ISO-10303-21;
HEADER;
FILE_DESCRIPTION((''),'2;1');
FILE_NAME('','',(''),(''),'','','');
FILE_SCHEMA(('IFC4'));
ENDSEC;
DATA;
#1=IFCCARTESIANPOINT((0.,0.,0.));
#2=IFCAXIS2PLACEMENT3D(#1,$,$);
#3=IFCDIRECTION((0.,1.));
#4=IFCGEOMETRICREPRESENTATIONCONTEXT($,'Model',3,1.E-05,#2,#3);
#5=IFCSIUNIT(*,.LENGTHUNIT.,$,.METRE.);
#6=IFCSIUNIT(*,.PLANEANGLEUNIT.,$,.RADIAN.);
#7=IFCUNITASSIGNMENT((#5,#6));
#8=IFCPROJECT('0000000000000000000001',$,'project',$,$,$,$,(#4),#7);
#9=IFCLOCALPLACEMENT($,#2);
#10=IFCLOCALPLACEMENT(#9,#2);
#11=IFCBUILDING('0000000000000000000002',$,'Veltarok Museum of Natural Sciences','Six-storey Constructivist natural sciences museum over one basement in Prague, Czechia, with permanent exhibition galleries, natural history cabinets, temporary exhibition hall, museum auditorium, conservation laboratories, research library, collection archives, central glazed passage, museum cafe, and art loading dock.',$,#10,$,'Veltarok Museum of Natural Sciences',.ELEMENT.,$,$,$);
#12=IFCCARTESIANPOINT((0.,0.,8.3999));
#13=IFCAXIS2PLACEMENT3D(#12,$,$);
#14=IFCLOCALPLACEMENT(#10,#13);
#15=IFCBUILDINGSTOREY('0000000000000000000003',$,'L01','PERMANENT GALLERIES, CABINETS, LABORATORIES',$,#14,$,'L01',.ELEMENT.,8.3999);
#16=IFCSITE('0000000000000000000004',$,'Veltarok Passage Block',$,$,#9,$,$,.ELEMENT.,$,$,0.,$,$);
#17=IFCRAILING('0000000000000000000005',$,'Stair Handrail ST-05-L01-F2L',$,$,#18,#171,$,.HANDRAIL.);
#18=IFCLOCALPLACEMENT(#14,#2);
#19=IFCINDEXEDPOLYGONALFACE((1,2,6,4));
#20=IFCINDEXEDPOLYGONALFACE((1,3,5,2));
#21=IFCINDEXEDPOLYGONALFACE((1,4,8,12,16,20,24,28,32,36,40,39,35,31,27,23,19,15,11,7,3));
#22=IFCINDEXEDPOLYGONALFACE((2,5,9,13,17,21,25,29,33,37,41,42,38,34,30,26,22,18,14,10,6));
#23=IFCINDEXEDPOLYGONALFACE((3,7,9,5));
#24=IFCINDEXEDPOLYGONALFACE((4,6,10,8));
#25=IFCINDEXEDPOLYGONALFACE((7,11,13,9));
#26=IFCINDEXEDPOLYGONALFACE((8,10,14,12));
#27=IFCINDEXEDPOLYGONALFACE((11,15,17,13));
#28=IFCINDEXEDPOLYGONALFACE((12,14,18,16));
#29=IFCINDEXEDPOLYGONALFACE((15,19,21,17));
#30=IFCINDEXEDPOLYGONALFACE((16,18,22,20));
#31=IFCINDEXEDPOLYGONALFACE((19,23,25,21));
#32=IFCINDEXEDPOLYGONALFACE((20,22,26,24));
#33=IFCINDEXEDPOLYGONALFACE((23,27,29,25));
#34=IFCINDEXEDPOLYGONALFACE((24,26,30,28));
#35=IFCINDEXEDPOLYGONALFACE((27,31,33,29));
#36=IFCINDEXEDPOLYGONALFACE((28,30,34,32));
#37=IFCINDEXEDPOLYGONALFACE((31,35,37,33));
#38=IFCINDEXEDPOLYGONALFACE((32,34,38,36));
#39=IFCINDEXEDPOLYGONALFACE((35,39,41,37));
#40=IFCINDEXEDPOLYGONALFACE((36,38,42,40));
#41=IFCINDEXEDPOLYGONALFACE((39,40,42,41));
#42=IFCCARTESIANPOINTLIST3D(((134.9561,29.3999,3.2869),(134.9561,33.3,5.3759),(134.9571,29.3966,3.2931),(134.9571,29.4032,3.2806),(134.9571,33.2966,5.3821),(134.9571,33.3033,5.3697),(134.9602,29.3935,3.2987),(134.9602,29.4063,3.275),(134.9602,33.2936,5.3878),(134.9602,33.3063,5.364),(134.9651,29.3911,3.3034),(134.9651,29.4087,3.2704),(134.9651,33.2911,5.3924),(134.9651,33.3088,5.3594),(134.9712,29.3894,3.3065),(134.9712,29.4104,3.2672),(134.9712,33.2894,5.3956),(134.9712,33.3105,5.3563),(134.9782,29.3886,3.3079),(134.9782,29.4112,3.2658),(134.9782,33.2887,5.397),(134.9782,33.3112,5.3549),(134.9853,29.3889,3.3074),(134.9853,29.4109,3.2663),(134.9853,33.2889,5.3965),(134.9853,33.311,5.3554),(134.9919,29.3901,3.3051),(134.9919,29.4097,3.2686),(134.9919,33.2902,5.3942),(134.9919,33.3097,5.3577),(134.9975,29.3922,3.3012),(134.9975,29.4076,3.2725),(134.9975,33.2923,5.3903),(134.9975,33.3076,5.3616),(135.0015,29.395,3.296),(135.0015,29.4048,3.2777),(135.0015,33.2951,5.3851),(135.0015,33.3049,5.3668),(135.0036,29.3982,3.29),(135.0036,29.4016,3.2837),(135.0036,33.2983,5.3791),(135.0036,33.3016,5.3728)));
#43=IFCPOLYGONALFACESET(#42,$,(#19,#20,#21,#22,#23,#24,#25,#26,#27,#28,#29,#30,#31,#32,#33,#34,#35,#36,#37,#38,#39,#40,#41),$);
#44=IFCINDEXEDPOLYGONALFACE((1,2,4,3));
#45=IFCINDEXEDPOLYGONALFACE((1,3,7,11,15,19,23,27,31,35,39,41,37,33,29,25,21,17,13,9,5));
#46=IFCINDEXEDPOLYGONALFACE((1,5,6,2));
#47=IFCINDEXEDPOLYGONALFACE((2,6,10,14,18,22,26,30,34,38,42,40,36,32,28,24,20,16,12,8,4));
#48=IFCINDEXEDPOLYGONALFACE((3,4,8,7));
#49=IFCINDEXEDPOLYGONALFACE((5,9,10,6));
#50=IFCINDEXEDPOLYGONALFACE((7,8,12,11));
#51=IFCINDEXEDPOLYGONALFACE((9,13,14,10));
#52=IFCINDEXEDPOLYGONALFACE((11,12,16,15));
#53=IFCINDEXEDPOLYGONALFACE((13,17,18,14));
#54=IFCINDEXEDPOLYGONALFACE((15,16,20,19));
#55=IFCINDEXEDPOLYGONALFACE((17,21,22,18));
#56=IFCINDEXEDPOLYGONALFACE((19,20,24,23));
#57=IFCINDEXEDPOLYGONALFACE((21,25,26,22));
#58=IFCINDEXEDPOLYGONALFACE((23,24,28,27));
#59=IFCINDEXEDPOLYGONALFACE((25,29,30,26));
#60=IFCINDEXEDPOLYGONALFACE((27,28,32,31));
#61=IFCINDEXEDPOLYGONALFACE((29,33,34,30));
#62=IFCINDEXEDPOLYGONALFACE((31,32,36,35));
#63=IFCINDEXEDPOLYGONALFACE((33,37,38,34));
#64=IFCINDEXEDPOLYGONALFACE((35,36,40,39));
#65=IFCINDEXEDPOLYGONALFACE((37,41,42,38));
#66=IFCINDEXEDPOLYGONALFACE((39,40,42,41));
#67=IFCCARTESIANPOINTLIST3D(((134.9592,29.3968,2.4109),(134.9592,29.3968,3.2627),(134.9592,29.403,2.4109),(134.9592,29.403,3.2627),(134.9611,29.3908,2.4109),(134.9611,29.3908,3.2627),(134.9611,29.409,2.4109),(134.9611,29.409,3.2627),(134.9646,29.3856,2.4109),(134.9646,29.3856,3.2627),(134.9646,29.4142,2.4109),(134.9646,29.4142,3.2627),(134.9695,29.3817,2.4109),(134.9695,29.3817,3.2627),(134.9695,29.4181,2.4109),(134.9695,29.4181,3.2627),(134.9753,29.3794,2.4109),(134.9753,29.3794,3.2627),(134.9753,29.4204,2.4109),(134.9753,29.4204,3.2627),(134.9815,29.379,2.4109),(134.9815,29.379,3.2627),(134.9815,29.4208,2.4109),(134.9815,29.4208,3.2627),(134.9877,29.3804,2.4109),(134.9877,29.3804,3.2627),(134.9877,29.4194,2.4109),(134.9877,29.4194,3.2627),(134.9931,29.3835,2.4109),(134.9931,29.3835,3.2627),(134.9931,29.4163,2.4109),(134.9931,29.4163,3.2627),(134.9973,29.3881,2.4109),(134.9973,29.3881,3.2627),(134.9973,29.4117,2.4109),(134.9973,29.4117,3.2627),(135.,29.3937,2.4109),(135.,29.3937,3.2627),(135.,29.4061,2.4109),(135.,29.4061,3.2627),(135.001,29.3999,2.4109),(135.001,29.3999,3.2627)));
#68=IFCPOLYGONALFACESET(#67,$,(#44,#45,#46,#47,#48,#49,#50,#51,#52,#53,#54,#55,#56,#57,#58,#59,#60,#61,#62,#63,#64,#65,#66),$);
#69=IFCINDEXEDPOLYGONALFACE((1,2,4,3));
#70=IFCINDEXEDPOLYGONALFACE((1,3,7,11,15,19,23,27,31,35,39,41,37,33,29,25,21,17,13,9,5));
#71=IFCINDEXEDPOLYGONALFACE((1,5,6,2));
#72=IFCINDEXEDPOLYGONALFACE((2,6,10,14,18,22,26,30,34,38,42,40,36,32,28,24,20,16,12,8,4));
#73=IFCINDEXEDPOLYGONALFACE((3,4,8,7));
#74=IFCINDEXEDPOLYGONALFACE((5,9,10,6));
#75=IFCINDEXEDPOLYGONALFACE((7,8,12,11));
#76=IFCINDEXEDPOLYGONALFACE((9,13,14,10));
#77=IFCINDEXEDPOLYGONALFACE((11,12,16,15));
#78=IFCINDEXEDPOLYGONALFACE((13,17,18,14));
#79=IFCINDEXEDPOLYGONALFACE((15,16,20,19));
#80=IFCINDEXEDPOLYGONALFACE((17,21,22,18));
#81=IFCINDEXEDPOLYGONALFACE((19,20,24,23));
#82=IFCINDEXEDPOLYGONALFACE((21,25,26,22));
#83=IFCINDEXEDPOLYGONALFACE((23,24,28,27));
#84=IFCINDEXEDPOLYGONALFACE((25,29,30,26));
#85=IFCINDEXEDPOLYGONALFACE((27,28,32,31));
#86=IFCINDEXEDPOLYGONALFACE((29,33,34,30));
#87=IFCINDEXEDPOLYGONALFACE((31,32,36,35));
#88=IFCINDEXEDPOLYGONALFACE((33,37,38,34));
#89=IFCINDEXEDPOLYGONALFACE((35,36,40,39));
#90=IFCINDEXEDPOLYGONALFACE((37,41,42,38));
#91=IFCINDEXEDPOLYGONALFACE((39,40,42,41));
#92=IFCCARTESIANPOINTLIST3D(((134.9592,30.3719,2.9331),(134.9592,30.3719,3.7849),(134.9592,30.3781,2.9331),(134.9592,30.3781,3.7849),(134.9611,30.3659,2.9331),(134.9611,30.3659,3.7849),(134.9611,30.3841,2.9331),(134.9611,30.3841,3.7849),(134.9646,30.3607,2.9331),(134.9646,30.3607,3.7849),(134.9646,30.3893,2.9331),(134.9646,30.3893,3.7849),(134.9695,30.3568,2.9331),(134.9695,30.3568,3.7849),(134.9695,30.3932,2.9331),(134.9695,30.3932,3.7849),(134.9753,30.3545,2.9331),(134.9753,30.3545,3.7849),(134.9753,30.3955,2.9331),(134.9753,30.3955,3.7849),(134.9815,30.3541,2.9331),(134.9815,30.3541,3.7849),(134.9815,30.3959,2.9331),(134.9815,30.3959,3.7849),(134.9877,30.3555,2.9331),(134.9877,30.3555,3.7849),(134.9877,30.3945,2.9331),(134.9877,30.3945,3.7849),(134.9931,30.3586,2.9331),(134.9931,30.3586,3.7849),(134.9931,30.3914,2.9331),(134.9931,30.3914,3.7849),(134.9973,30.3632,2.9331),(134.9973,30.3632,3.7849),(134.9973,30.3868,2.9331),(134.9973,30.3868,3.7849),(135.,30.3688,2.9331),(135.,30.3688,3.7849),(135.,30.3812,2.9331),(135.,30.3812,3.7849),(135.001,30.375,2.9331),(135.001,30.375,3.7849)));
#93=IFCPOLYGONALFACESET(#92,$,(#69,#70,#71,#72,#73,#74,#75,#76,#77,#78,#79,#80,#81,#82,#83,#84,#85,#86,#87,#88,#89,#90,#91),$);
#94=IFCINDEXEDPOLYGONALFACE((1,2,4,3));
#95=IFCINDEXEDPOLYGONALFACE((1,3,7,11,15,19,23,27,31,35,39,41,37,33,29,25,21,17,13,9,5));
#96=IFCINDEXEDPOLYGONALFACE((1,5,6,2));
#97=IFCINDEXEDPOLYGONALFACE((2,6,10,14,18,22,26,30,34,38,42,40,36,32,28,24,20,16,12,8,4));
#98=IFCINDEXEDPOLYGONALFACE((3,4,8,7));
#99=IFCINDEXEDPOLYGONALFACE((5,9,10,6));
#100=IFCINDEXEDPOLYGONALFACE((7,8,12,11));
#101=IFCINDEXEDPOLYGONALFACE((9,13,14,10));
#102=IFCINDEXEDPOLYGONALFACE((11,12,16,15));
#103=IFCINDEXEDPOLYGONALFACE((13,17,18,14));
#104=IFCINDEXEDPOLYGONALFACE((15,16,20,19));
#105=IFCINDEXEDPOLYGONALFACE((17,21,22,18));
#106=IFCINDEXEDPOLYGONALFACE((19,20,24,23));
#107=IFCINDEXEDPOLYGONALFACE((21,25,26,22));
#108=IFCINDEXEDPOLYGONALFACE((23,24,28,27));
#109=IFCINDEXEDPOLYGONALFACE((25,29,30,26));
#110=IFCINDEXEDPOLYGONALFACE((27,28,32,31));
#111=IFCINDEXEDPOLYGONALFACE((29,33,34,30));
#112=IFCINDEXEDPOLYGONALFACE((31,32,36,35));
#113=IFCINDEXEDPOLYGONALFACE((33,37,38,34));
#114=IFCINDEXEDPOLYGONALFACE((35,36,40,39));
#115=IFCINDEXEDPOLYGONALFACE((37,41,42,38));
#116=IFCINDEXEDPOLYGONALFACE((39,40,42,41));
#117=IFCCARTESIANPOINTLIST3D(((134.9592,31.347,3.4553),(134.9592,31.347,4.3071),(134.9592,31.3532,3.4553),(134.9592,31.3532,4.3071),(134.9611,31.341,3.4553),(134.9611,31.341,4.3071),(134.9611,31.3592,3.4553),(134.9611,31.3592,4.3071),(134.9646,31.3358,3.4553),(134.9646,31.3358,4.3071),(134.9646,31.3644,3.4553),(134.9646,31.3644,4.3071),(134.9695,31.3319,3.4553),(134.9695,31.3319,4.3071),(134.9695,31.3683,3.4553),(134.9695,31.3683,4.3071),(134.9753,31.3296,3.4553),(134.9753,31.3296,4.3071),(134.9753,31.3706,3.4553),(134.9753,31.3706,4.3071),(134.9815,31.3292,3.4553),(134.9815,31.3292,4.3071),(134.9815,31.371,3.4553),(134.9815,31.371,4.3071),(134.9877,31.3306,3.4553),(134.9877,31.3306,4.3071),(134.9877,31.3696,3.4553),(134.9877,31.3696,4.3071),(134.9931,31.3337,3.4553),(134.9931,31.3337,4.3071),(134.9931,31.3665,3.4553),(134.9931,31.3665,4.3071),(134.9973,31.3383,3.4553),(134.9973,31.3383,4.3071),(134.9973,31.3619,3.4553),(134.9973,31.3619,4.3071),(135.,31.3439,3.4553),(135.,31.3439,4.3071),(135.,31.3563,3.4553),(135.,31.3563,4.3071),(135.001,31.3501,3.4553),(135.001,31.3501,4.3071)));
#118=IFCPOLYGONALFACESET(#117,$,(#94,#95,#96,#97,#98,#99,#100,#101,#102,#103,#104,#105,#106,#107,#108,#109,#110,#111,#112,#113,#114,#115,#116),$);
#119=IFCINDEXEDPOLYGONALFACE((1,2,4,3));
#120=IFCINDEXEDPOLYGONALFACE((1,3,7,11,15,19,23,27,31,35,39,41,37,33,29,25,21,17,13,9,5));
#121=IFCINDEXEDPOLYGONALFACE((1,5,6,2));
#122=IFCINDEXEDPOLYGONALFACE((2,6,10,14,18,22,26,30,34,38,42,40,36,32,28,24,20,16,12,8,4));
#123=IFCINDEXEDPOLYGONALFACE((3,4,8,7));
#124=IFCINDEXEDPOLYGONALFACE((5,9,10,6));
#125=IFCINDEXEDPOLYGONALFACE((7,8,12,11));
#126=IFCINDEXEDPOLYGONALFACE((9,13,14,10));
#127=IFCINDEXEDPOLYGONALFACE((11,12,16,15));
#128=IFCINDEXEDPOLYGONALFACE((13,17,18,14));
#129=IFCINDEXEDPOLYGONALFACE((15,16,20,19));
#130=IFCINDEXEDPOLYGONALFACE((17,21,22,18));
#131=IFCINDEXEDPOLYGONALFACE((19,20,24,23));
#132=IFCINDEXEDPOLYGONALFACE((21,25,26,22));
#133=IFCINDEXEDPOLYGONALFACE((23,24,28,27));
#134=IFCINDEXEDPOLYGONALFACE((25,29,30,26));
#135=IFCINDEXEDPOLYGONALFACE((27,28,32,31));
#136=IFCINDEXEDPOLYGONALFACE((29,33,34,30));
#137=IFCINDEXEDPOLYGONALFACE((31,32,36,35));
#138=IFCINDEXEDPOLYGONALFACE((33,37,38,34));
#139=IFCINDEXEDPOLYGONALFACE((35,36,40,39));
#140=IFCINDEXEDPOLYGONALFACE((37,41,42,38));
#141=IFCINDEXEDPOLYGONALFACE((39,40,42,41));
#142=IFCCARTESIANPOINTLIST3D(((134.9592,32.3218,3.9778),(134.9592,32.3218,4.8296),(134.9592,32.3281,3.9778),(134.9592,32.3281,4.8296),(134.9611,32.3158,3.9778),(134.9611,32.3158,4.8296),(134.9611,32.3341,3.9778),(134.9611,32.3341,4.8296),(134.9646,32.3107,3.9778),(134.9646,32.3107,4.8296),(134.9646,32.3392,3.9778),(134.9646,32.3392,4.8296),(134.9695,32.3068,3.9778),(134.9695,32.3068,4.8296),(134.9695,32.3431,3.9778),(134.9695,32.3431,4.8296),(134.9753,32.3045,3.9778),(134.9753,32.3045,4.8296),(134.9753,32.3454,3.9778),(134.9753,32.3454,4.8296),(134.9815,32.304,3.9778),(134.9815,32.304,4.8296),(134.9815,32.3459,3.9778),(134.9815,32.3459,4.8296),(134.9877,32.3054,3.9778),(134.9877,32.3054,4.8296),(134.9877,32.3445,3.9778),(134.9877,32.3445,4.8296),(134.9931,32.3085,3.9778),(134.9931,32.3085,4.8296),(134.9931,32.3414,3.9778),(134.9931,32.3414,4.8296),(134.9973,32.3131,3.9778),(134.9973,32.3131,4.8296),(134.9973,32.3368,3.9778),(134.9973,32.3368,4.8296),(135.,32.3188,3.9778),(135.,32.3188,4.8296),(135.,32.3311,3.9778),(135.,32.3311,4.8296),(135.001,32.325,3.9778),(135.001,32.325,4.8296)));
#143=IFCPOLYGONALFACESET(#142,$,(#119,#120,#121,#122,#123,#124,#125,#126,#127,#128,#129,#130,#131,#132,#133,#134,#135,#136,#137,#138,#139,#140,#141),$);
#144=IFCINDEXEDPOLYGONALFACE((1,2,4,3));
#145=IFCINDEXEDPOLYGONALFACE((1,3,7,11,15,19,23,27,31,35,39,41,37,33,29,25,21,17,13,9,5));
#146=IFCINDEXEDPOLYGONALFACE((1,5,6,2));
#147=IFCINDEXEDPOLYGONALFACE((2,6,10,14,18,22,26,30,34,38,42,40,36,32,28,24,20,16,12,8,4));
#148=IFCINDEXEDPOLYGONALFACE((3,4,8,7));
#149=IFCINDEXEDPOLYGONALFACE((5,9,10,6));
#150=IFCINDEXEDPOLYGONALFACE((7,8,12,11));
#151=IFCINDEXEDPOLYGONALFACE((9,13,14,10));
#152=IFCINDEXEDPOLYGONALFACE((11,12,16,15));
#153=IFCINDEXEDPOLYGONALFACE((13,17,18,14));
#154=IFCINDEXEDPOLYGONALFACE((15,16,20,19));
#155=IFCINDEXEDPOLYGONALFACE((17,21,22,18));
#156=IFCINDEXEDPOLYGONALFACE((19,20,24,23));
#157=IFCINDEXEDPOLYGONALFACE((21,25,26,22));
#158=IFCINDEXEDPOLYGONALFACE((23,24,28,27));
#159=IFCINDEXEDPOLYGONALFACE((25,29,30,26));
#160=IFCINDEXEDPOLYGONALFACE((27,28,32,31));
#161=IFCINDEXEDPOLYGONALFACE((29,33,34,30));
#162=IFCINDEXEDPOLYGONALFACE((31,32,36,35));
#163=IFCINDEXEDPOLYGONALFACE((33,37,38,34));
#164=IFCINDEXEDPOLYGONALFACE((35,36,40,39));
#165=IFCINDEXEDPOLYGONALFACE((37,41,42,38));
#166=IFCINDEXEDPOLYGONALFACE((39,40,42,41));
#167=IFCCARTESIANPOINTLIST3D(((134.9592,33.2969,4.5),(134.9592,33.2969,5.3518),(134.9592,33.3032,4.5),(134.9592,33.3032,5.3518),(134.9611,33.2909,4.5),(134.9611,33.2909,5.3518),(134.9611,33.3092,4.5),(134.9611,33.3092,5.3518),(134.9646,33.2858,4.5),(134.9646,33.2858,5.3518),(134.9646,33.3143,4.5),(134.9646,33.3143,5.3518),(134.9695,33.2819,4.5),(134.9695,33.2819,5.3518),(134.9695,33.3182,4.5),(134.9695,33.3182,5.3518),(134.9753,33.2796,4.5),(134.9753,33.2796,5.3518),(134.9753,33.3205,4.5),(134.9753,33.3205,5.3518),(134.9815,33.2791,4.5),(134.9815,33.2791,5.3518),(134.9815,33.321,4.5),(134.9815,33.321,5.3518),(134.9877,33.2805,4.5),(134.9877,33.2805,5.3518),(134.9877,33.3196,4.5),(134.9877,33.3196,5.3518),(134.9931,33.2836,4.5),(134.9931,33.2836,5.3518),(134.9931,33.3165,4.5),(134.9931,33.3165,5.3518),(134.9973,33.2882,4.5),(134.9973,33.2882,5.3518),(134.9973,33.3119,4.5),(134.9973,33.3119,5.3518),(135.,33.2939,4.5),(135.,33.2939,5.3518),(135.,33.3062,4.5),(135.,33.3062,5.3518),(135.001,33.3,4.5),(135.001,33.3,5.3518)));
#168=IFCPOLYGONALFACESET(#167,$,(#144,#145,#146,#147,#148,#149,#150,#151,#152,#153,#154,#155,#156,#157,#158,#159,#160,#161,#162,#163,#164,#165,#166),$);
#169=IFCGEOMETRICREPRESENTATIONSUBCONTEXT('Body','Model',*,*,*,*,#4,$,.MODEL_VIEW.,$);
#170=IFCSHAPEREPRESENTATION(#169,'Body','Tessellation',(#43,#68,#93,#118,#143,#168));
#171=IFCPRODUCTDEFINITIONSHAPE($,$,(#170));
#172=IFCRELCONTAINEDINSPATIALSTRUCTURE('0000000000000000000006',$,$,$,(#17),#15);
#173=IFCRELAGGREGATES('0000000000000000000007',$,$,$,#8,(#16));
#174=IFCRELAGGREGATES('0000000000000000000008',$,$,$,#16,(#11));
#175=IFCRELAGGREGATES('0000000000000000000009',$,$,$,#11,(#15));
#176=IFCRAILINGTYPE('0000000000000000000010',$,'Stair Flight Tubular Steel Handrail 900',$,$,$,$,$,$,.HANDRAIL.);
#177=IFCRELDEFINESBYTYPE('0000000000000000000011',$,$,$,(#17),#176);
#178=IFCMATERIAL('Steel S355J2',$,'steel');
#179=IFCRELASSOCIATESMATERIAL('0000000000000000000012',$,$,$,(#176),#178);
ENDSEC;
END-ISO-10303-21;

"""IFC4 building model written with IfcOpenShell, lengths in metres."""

from ifc_helpers import new_model, si_unit, direction, frame, origin, origin_2d, place, context, subcontext, project, spatial, circle, extrude, material, type_object, element, save


model = new_model("IFC4")

# Units and contexts
model_context = context("Model", 3, precision=1e-05, world=origin(), true_north=direction((0.0, 1.0)))
body_context = subcontext(model_context, "Body", "Model", "MODEL_VIEW")
ifc_project = project(units=[si_unit("LENGTHUNIT", "METRE"), si_unit("PLANEANGLEUNIT", "RADIAN")], contexts=[model_context])

# Site, building, storey
site_placement = place(None, origin())
site = spatial("IfcSite", under=ifc_project, at=site_placement, Name="Veltarok Passage Block", CompositionType="ELEMENT", RefElevation=0.0)
building_placement = place(site_placement, origin())
building = spatial("IfcBuilding", under=site, at=building_placement, Name="Veltarok Museum of Natural Sciences", Description="Six-storey Constructivist natural sciences museum over one basement in Prague, Czechia, with permanent exhibition galleries, natural history cabinets, temporary exhibition hall, museum auditorium, conservation laboratories, research library, collection archives, central glazed passage, museum cafe, and art loading dock.", LongName="Veltarok Museum of Natural Sciences", CompositionType="ELEMENT")
storey_placement = place(building_placement, frame((0.0, 0.0, 8.3999)))
storey = spatial("IfcBuildingStorey", under=building, at=storey_placement, Name="L01", Description="PERMANENT GALLERIES, CABINETS, LABORATORIES", LongName="L01", CompositionType="ELEMENT", Elevation=8.3999)

# Railing
ifc_material_1 = material(Name="Steel S355J2", Category="steel")
railing_type_1 = type_object("IfcRailingType", Name="Stair Flight Tubular Steel Handrail 900", PredefinedType="HANDRAIL", material=ifc_material_1)
railing_placement = place(storey_placement, frame((134.98, 29.3999, 2.4109)))
element("IfcRailing", 1, at=railing_placement, inside=storey, type_object=railing_type_1, Name="Stair Handrail ST-05-L01-F2L", PredefinedType="HANDRAIL", context=body_context, shape_type="SweptSolid", body=[
    extrude(circle(Radius=0.0239, at=origin_2d()), frame((0.0, 0.0, 0.876), z_axis=(0.0, 0.881504, 0.472177), x_axis=(-1.0, 0.0, 0.0)), (0.0, 0.0, 1.0), 4.4243),
    extrude(circle(Radius=0.021, at=origin_2d()), origin(), (0.0, 0.0, 1.0), 0.8518),
    extrude(circle(Radius=0.021, at=origin_2d()), frame((0.0, 0.9751, 0.5222)), (0.0, 0.0, 1.0), 0.8518),
    extrude(circle(Radius=0.021, at=origin_2d()), frame((0.0, 1.9502, 1.0444)), (0.0, 0.0, 1.0), 0.8518),
    extrude(circle(Radius=0.021, at=origin_2d()), frame((0.0, 2.925, 1.5669)), (0.0, 0.0, 1.0), 0.8518),
    extrude(circle(Radius=0.021, at=origin_2d()), frame((0.0, 3.9001, 2.0891)), (0.0, 0.0, 1.0), 0.8518),
])

save(model, "model.ifc")
